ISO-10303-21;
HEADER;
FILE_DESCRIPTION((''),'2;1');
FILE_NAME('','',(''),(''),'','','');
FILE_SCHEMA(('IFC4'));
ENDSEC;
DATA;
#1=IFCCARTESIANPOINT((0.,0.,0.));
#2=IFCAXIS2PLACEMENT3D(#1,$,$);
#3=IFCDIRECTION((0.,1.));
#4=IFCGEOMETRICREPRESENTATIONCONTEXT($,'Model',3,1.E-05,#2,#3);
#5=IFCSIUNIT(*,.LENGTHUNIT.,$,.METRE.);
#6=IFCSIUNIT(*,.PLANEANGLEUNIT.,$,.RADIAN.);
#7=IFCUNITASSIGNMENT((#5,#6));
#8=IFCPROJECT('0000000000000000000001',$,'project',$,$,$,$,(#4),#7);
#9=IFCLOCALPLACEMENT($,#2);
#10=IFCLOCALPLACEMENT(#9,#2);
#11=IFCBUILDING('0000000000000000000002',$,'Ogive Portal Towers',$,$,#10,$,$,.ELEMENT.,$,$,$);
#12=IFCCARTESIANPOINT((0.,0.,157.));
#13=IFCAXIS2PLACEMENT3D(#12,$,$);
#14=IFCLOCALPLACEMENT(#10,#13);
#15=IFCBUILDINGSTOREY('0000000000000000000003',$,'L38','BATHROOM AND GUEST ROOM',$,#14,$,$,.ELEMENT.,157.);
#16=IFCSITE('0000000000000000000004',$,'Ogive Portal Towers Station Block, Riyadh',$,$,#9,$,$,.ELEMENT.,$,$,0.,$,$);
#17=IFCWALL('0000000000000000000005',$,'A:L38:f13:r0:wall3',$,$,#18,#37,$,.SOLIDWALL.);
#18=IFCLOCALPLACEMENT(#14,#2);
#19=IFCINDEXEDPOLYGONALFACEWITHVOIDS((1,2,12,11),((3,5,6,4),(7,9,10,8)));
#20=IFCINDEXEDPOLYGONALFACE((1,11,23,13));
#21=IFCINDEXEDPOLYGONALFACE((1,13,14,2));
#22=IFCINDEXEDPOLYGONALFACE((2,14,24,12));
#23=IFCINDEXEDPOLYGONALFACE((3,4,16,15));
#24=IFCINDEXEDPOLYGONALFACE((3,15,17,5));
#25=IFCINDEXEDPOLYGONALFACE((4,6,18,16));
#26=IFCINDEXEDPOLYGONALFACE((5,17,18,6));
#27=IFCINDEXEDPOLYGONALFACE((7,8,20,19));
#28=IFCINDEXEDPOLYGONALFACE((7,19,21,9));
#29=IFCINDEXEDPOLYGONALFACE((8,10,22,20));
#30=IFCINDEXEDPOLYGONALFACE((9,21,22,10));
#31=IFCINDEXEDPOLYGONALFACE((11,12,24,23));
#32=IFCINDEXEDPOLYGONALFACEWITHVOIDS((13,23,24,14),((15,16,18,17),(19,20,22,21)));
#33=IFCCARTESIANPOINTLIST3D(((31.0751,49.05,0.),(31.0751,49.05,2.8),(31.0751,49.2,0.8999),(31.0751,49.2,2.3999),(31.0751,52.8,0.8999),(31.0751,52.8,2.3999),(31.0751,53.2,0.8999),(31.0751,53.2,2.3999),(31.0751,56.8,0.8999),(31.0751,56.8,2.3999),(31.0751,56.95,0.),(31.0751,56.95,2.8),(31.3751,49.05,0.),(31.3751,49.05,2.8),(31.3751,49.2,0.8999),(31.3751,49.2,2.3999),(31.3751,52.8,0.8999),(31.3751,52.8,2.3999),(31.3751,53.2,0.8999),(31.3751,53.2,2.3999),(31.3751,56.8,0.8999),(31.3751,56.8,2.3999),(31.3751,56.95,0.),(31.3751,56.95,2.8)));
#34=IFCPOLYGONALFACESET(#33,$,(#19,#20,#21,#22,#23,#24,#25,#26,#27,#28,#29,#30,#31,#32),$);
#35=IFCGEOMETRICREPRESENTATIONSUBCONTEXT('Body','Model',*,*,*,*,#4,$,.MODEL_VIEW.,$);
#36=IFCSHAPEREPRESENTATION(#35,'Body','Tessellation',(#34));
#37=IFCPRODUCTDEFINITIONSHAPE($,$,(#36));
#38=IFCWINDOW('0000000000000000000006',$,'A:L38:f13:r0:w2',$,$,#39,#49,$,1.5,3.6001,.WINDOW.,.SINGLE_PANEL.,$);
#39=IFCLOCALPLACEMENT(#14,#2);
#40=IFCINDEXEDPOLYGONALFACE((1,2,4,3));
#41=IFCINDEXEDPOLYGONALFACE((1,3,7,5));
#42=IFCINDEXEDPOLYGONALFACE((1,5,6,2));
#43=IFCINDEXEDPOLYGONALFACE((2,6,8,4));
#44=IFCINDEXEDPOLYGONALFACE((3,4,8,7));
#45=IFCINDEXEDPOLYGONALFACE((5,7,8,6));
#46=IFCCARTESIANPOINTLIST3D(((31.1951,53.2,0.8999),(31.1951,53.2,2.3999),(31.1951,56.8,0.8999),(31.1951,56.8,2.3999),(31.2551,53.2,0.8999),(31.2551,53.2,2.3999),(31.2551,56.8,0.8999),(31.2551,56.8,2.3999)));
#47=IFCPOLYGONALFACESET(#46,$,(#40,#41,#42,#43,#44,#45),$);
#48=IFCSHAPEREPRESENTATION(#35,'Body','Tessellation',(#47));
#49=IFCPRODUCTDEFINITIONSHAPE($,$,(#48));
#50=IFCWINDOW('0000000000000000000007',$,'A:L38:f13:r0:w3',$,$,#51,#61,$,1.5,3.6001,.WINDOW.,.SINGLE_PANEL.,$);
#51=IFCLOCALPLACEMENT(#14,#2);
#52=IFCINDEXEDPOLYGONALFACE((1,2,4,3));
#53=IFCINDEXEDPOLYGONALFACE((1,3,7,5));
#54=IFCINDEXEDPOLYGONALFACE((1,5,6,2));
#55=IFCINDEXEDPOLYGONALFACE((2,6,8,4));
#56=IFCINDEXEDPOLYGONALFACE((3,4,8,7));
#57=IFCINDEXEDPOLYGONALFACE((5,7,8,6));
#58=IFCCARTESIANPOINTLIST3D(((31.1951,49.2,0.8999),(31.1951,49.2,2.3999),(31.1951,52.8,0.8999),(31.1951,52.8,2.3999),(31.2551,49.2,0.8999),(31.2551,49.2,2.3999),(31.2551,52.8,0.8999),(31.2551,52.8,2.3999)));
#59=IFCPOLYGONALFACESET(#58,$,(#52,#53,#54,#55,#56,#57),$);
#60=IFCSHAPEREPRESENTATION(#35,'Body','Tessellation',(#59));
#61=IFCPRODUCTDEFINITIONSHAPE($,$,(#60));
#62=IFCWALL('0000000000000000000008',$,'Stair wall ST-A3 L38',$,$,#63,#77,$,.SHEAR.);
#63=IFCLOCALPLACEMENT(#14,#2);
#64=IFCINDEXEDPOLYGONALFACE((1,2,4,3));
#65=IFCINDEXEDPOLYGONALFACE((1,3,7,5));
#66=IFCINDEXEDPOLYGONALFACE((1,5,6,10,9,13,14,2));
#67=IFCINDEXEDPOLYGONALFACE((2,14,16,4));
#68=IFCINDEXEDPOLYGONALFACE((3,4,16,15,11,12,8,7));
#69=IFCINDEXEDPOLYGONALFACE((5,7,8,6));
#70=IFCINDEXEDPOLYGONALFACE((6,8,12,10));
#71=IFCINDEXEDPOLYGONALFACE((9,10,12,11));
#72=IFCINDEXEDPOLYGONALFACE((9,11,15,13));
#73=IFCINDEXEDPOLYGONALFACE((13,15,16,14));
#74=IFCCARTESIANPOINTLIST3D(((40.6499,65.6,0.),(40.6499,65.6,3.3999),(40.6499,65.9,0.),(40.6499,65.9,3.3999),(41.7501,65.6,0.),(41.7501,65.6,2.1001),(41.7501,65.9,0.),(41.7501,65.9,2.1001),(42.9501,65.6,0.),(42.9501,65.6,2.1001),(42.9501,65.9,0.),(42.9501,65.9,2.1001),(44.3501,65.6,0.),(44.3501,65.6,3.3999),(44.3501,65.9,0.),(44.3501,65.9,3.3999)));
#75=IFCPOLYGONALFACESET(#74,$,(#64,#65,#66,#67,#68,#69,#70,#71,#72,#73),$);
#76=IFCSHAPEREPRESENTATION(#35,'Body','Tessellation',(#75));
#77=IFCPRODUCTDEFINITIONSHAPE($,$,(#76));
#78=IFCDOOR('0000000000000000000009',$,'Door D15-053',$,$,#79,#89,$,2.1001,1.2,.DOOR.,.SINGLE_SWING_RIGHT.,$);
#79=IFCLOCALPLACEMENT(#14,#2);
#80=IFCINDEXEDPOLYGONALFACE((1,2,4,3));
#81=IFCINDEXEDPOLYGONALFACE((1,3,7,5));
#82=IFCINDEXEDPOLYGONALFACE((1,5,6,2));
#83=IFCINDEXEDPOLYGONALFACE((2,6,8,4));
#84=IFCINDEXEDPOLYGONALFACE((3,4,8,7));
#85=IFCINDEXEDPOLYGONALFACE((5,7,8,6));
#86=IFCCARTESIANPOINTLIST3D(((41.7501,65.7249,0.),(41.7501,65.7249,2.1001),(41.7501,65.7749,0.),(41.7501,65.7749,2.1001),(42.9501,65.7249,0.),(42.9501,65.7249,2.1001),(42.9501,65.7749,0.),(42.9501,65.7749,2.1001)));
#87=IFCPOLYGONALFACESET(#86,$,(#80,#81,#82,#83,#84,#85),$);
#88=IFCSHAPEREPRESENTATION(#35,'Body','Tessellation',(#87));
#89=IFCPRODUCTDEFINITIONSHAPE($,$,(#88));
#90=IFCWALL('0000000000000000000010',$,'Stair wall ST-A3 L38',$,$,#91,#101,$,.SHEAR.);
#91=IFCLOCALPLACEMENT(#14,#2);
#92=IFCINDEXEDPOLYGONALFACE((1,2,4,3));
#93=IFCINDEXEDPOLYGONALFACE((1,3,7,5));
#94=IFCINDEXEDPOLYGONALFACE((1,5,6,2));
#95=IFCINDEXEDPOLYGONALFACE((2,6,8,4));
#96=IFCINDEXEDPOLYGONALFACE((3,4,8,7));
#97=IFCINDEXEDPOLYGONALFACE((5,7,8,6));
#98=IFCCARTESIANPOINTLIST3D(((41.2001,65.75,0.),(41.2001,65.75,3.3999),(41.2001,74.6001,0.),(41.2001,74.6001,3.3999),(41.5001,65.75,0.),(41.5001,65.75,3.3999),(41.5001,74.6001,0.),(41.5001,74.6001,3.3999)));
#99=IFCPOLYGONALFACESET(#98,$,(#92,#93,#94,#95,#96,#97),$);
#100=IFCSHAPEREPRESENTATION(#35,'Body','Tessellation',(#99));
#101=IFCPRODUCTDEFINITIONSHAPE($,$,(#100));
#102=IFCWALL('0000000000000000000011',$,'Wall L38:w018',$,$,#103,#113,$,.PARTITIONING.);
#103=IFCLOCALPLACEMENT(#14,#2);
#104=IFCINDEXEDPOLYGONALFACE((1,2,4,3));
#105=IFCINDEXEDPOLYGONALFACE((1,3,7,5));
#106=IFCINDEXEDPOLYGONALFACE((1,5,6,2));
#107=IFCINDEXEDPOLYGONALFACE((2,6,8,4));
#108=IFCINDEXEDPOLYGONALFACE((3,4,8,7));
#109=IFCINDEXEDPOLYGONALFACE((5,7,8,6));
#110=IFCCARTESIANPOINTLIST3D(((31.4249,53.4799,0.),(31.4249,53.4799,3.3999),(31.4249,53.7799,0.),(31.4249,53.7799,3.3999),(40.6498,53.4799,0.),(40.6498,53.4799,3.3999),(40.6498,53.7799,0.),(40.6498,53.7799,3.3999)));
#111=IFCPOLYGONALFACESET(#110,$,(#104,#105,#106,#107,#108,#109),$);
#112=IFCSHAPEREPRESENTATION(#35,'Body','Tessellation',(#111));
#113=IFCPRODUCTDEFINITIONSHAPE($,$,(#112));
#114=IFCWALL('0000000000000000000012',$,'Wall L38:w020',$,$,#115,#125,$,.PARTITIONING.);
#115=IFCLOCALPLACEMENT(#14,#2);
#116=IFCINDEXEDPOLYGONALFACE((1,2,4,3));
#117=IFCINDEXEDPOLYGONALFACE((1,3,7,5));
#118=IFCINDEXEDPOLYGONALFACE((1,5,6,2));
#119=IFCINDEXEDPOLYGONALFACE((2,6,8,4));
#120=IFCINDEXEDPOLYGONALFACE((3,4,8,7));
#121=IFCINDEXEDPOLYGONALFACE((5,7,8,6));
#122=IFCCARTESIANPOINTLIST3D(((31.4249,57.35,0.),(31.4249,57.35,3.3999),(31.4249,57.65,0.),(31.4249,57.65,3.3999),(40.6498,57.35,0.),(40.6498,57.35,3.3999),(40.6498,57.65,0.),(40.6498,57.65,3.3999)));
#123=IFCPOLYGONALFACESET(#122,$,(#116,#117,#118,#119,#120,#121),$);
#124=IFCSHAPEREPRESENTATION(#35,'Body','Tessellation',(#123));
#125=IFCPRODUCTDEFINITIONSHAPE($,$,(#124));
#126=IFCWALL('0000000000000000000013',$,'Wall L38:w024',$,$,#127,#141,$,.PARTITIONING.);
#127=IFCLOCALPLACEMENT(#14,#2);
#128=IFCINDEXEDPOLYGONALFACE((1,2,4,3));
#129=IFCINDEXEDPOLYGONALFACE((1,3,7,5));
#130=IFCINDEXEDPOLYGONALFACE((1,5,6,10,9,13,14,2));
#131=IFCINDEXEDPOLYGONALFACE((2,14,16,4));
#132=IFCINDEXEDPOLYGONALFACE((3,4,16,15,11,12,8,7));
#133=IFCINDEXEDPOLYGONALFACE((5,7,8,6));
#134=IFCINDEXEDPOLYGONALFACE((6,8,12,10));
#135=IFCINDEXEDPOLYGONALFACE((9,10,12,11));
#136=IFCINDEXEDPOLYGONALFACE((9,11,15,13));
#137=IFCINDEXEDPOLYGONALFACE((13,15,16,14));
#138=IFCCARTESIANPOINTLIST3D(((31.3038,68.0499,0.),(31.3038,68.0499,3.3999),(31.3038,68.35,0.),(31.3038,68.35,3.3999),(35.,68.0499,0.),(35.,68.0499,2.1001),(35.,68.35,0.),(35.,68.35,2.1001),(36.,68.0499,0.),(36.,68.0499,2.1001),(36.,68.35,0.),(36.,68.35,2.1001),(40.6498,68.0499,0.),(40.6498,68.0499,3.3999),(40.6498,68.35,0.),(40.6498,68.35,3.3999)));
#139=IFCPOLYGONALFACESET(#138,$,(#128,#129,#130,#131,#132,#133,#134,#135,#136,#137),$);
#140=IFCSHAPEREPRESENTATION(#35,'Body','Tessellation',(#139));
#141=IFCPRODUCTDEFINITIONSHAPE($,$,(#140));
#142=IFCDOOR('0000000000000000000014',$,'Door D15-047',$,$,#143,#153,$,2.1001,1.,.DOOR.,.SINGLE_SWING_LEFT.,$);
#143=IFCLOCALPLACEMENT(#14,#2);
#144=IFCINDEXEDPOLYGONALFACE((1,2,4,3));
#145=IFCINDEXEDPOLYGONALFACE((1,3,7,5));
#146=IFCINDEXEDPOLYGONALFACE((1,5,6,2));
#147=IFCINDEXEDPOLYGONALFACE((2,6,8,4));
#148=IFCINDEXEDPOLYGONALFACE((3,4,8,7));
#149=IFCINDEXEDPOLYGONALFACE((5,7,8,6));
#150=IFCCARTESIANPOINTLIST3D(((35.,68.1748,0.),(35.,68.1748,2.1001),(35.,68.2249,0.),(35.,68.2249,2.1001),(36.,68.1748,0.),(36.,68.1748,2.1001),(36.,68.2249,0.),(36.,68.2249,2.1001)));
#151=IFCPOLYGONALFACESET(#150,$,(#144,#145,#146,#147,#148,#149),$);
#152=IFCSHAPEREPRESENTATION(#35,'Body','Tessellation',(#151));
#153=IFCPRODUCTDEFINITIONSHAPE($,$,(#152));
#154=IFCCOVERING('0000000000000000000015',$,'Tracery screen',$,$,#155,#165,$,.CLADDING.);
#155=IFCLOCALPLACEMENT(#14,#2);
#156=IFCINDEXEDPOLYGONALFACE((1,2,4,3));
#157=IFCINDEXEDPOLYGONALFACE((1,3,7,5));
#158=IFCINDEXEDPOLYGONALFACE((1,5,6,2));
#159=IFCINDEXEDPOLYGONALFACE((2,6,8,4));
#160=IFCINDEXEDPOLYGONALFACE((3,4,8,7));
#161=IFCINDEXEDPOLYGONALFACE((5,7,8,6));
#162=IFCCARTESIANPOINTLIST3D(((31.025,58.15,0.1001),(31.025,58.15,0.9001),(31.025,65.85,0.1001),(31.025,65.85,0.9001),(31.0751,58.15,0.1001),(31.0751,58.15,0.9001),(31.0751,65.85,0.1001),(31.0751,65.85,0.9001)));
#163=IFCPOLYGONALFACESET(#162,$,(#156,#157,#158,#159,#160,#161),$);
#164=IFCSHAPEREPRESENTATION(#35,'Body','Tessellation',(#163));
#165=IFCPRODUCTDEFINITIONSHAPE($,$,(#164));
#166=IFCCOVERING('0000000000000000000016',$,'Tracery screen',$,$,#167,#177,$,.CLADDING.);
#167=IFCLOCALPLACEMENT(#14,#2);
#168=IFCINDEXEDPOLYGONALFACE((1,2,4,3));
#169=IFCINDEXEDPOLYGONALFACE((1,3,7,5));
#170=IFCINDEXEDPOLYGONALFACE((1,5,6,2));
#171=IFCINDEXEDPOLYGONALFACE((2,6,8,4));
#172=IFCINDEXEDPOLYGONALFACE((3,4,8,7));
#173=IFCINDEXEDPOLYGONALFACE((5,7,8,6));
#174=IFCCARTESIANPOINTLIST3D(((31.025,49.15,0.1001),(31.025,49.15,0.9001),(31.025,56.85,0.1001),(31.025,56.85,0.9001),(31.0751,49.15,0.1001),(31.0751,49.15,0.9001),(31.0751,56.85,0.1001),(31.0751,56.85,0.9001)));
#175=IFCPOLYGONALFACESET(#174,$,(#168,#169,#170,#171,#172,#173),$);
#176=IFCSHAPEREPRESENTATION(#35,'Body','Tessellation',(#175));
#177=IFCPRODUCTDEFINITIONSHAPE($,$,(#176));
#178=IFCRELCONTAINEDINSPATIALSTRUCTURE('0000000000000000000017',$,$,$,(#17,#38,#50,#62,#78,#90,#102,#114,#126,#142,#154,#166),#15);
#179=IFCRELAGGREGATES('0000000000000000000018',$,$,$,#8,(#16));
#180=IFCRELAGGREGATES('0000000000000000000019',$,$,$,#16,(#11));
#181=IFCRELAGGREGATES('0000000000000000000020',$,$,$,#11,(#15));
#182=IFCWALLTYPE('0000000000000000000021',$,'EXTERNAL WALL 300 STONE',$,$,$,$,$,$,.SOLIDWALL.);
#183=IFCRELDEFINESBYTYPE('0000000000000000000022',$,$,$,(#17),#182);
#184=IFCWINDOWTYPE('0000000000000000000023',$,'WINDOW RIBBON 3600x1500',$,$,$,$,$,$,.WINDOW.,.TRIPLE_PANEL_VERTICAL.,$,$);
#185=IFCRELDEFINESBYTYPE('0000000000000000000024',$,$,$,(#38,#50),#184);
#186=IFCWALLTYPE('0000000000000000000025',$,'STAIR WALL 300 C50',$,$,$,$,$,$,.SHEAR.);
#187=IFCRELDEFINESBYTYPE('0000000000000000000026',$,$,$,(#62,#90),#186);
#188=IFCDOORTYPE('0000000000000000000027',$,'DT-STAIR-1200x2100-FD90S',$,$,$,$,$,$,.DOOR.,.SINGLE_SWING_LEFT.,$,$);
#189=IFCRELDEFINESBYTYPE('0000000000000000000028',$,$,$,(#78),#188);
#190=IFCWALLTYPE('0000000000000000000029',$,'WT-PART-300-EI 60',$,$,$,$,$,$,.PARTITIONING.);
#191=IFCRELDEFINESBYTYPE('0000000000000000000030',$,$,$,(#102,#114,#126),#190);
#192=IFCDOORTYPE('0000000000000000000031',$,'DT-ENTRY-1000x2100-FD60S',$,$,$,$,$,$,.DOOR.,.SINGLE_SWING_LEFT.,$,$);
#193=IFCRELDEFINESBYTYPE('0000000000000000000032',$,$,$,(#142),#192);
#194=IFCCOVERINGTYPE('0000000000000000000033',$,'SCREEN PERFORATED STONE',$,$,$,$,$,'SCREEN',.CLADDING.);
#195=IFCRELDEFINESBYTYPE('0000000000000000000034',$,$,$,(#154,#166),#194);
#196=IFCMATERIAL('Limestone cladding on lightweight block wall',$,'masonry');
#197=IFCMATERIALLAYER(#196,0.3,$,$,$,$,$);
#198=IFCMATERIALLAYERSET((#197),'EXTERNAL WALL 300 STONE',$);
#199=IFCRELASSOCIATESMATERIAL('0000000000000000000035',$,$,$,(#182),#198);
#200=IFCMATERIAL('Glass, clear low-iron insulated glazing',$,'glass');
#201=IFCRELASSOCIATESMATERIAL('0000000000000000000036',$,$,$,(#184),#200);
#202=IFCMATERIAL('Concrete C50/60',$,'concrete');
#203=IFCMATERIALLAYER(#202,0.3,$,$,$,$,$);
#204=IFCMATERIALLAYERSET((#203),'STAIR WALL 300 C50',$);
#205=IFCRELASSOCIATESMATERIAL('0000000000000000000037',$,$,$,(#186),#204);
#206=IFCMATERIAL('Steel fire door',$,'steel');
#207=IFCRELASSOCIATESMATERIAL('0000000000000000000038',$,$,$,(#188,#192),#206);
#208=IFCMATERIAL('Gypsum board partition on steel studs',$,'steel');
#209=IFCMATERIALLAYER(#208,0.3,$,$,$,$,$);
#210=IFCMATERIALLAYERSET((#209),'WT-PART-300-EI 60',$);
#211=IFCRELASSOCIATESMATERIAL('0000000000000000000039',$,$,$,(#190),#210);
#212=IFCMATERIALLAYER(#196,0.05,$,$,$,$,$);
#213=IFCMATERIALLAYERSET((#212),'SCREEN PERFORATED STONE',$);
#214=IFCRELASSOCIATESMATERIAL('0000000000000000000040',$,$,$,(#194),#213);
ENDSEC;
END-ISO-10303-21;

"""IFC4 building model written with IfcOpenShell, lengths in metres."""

from ifc_helpers import new_model, si_unit, direction, frame, frame_2d, origin, origin_2d, place, context, subcontext, project, spatial, rectangle, extrude, material, layer, layer_set, type_object, element, fill, save


model = new_model("IFC4")

# Units and contexts
model_context = context("Model", 3, precision=1e-05, world=origin(), true_north=direction((0.0, 1.0)))
body_context = subcontext(model_context, "Body", "Model", "MODEL_VIEW")
ifc_project = project(units=[si_unit("LENGTHUNIT", "METRE"), si_unit("PLANEANGLEUNIT", "RADIAN")], contexts=[model_context])

# Site, building, storey
site_placement = place(None, origin())
site = spatial("IfcSite", under=ifc_project, at=site_placement, Name="Ogive Portal Towers Station Block, Riyadh", CompositionType="ELEMENT", RefElevation=0.0)
building_placement = place(site_placement, origin())
building = spatial("IfcBuilding", under=site, at=building_placement, Name="Ogive Portal Towers", CompositionType="ELEMENT")
storey_placement = place(building_placement, frame((0.0, 0.0, 157.0)))
storey = spatial("IfcBuildingStorey", under=building, at=storey_placement, Name="L38", Description="BATHROOM AND GUEST ROOM", CompositionType="ELEMENT", Elevation=157.0)

# Shared definitions
ifc_material_1 = material(Name="Glass, clear low-iron insulated glazing", Category="glass")

# Shared definitions
ifc_material_2 = material(Name="Limestone cladding on lightweight block wall", Category="masonry")
ifc_layer_1 = layer(ifc_material_2, 0.3)
ifc_layer_set_1 = layer_set([ifc_layer_1], Name="EXTERNAL WALL 300 STONE")
wall_type_1 = type_object("IfcWallType", Name="EXTERNAL WALL 300 STONE", PredefinedType="SOLIDWALL", material=ifc_layer_set_1)

# Shared definitions
window_type = type_object("IfcWindowType", Name="WINDOW RIBBON 3600x1500", PartitioningType="TRIPLE_PANEL_VERTICAL", PredefinedType="WINDOW", material=ifc_material_1)

# Wall, openings, windows
wall_1_placement = place(storey_placement, frame((31.2251, 56.95, 0.0), z_axis=(0.0, 0.0, 1.0), x_axis=(0.0, -1.0, 0.0)))
wall_1 = element("IfcWall", 1, at=wall_1_placement, inside=storey, type_object=wall_type_1, Name="A:L38:f13:r0:wall3", PredefinedType="SOLIDWALL", context=body_context, shape_type="SweptSolid", body=[
    extrude(rectangle(XDim=7.8999, YDim=0.3, at=frame_2d((3.95, 0.0))), origin(), (0.0, 0.0, 1.0), 2.8),
])
opening_1_placement = place(wall_1_placement, frame((0.1499, 0.0, 0.8999)))
opening_1 = element("IfcOpeningElement", 2, at=opening_1_placement, cuts=wall_1, PredefinedType="OPENING", context=body_context, shape_type="SweptSolid", body=[
    extrude(rectangle(XDim=3.6001, YDim=1.5, at=frame_2d((1.8, 0.75))), frame((0.0, 0.1602, 0.0), z_axis=(0.0, -1.0, 0.0), x_axis=(1.0, 0.0, 0.0)), (0.0, 0.0, 1.0), 0.3201),
])
opening_2_placement = place(wall_1_placement, frame((4.1499, 0.0, 0.8999)))
opening_2 = element("IfcOpeningElement", 3, at=opening_2_placement, cuts=wall_1, PredefinedType="OPENING", context=body_context, shape_type="SweptSolid", body=[
    extrude(rectangle(XDim=3.6001, YDim=1.5, at=frame_2d((1.8, 0.75))), frame((0.0, 0.1602, 0.0), z_axis=(0.0, -1.0, 0.0), x_axis=(1.0, 0.0, 0.0)), (0.0, 0.0, 1.0), 0.3201),
])
window_1_placement = place(opening_1_placement, origin())
window_1 = element("IfcWindow", 4, at=window_1_placement, inside=storey, type_object=window_type, Name="A:L38:f13:r0:w2", OverallHeight=1.5, OverallWidth=3.6001, PartitioningType="SINGLE_PANEL", PredefinedType="WINDOW", context=body_context, shape_type="SweptSolid", body=[
    extrude(rectangle(XDim=3.6001, YDim=1.5, at=frame_2d((1.8, 0.75))), frame((0.0, 0.03, 0.0), z_axis=(0.0, -1.0, 0.0), x_axis=(1.0, 0.0, 0.0)), (0.0, 0.0, 1.0), 0.0601),
])
fill(opening_1, window_1)
window_2_placement = place(opening_2_placement, origin())
window_2 = element("IfcWindow", 5, at=window_2_placement, inside=storey, type_object=window_type, Name="A:L38:f13:r0:w3", OverallHeight=1.5, OverallWidth=3.6001, PartitioningType="SINGLE_PANEL", PredefinedType="WINDOW", context=body_context, shape_type="SweptSolid", body=[
    extrude(rectangle(XDim=3.6001, YDim=1.5, at=frame_2d((1.8, 0.75))), frame((0.0, 0.03, 0.0), z_axis=(0.0, -1.0, 0.0), x_axis=(1.0, 0.0, 0.0)), (0.0, 0.0, 1.0), 0.0601),
])
fill(opening_2, window_2)

# Wall, opening, door
ifc_material_3 = material(Name="Concrete C50/60", Category="concrete")
ifc_layer_2 = layer(ifc_material_3, 0.3)
ifc_layer_set_2 = layer_set([ifc_layer_2], Name="STAIR WALL 300 C50")
wall_type_2 = type_object("IfcWallType", Name="STAIR WALL 300 C50", PredefinedType="SHEAR", material=ifc_layer_set_2)
wall_2_placement = place(storey_placement, frame((40.6499, 65.75, 0.0), z_axis=(0.0, 0.0, 1.0), x_axis=(1.0, 0.0, 0.0)))
wall_2 = element("IfcWall", 6, at=wall_2_placement, inside=storey, type_object=wall_type_2, Name="Stair wall ST-A3 L38", PredefinedType="SHEAR", context=body_context, shape_type="SweptSolid", body=[
    extrude(rectangle(XDim=3.7002, YDim=0.3, at=frame_2d((1.8501, 0.0))), origin(), (0.0, 0.0, 1.0), 3.3999),
])
opening_3_placement = place(wall_2_placement, frame((1.1001, 0.0, 0.0)))
opening_3 = element("IfcOpeningElement", 7, at=opening_3_placement, cuts=wall_2, PredefinedType="OPENING", context=body_context, shape_type="SweptSolid", body=[
    extrude(rectangle(XDim=1.2, YDim=2.1001, at=frame_2d((0.6001, 1.05))), frame((0.0, 0.1602, 0.0), z_axis=(0.0, -1.0, 0.0), x_axis=(1.0, 0.0, 0.0)), (0.0, 0.0, 1.0), 0.3201),
])
ifc_material_4 = material(Name="Steel fire door", Category="steel")
door_type_1 = type_object("IfcDoorType", Name="DT-STAIR-1200x2100-FD90S", OperationType="SINGLE_SWING_LEFT", PredefinedType="DOOR", material=ifc_material_4)
door_1_placement = place(opening_3_placement, origin())
door_1 = element("IfcDoor", 8, at=door_1_placement, inside=storey, type_object=door_type_1, Name="Door D15-053", OperationType="SINGLE_SWING_RIGHT", OverallHeight=2.1001, OverallWidth=1.2, PredefinedType="DOOR", context=body_context, shape_type="SweptSolid", body=[
    extrude(rectangle(XDim=1.2, YDim=2.1001, at=frame_2d((0.6001, 1.05))), frame((0.0, 0.0249, 0.0), z_axis=(0.0, -1.0, 0.0), x_axis=(1.0, 0.0, 0.0)), (0.0, 0.0, 1.0), 0.05),
])
fill(opening_3, door_1)

# Walls
wall_3_placement = place(storey_placement, frame((41.3501, 65.75, 0.0), z_axis=(0.0, 0.0, 1.0), x_axis=(0.0, 1.0, 0.0)))
element("IfcWall", 9, at=wall_3_placement, inside=storey, type_object=wall_type_2, Name="Stair wall ST-A3 L38", PredefinedType="SHEAR", context=body_context, shape_type="SweptSolid", body=[
    extrude(rectangle(XDim=8.8501, YDim=0.3, at=frame_2d((4.425, 0.0))), origin(), (0.0, 0.0, 1.0), 3.3999),
])
ifc_material_5 = material(Name="Gypsum board partition on steel studs", Category="steel")
ifc_layer_3 = layer(ifc_material_5, 0.3)
ifc_layer_set_3 = layer_set([ifc_layer_3], Name="WT-PART-300-EI 60")
wall_type_3 = type_object("IfcWallType", Name="WT-PART-300-EI 60", PredefinedType="PARTITIONING", material=ifc_layer_set_3)
for number, where, z_axis, x_axis, name in (
    (10, (31.425, 53.6299, 0.0), (0.0, 0.0, 1.0), (1.0, 0.0, 0.0), "Wall L38:w018"),
    (11, (31.425, 57.5, 0.0), (0.0, 0.0, 1.0), (1.0, 0.0, 0.0), "Wall L38:w020"),
):
    element("IfcWall", number, at=place(storey_placement, frame(where, z_axis=z_axis, x_axis=x_axis)), inside=storey, type_object=wall_type_3, Name=name, PredefinedType="PARTITIONING", context=body_context, shape_type="SweptSolid", body=[
        extrude(rectangle(XDim=9.2249, YDim=0.3, at=frame_2d((4.6123, 0.0))), origin(), (0.0, 0.0, 1.0), 3.3999),
    ])

# Wall, opening, door
wall_4_placement = place(storey_placement, frame((31.304, 68.2, 0.0), z_axis=(0.0, 0.0, 1.0), x_axis=(1.0, 0.0, 0.0)))
wall_4 = element("IfcWall", 12, at=wall_4_placement, inside=storey, type_object=wall_type_3, Name="Wall L38:w024", PredefinedType="PARTITIONING", context=body_context, shape_type="SweptSolid", body=[
    extrude(rectangle(XDim=9.3459, YDim=0.3, at=frame_2d((4.6729, 0.0))), origin(), (0.0, 0.0, 1.0), 3.3999),
])
opening_4_placement = place(wall_4_placement, frame((3.696, 0.0, 0.0)))
opening_4 = element("IfcOpeningElement", 13, at=opening_4_placement, cuts=wall_4, PredefinedType="OPENING", context=body_context, shape_type="SweptSolid", body=[
    extrude(rectangle(XDim=1.0, YDim=2.1001, at=frame_2d((0.5, 1.05))), frame((0.0, 0.1602, 0.0), z_axis=(0.0, -1.0, 0.0), x_axis=(1.0, 0.0, 0.0)), (0.0, 0.0, 1.0), 0.3201),
])
door_type_2 = type_object("IfcDoorType", Name="DT-ENTRY-1000x2100-FD60S", OperationType="SINGLE_SWING_LEFT", PredefinedType="DOOR", material=ifc_material_4)
door_2_placement = place(opening_4_placement, origin())
door_2 = element("IfcDoor", 14, at=door_2_placement, inside=storey, type_object=door_type_2, Name="Door D15-047", OperationType="SINGLE_SWING_LEFT", OverallHeight=2.1001, OverallWidth=1.0, PredefinedType="DOOR", context=body_context, shape_type="SweptSolid", body=[
    extrude(rectangle(XDim=1.0, YDim=2.1001, at=frame_2d((0.5, 1.05))), frame((0.0, 0.0249, 0.0), z_axis=(0.0, -1.0, 0.0), x_axis=(1.0, 0.0, 0.0)), (0.0, 0.0, 1.0), 0.05),
])
fill(opening_4, door_2)

# Coverings
ifc_layer_4 = layer(ifc_material_2, 0.05)
ifc_layer_set_4 = layer_set([ifc_layer_4], Name="SCREEN PERFORATED STONE")
covering_type = type_object("IfcCoveringType", Name="SCREEN PERFORATED STONE", ElementType="SCREEN", PredefinedType="CLADDING", material=ifc_layer_set_4)
for number, where, z_axis, x_axis, name in (
    (15, (31.05, 62.0, 0.1001), (0.0, 0.0, 1.0), (0.0, -1.0, 0.0), "Tracery screen"),
    (16, (31.05, 53.0, 0.1001), (0.0, 0.0, 1.0), (0.0, -1.0, 0.0), "Tracery screen"),
):
    element("IfcCovering", number, at=place(storey_placement, frame(where, z_axis=z_axis, x_axis=x_axis)), inside=storey, type_object=covering_type, Name=name, PredefinedType="CLADDING", context=body_context, shape_type="SweptSolid", body=[
        extrude(rectangle(XDim=7.7, YDim=0.05, at=origin_2d()), origin(), (0.0, 0.0, 1.0), 0.8),
    ])

save(model, "model.ifc")
